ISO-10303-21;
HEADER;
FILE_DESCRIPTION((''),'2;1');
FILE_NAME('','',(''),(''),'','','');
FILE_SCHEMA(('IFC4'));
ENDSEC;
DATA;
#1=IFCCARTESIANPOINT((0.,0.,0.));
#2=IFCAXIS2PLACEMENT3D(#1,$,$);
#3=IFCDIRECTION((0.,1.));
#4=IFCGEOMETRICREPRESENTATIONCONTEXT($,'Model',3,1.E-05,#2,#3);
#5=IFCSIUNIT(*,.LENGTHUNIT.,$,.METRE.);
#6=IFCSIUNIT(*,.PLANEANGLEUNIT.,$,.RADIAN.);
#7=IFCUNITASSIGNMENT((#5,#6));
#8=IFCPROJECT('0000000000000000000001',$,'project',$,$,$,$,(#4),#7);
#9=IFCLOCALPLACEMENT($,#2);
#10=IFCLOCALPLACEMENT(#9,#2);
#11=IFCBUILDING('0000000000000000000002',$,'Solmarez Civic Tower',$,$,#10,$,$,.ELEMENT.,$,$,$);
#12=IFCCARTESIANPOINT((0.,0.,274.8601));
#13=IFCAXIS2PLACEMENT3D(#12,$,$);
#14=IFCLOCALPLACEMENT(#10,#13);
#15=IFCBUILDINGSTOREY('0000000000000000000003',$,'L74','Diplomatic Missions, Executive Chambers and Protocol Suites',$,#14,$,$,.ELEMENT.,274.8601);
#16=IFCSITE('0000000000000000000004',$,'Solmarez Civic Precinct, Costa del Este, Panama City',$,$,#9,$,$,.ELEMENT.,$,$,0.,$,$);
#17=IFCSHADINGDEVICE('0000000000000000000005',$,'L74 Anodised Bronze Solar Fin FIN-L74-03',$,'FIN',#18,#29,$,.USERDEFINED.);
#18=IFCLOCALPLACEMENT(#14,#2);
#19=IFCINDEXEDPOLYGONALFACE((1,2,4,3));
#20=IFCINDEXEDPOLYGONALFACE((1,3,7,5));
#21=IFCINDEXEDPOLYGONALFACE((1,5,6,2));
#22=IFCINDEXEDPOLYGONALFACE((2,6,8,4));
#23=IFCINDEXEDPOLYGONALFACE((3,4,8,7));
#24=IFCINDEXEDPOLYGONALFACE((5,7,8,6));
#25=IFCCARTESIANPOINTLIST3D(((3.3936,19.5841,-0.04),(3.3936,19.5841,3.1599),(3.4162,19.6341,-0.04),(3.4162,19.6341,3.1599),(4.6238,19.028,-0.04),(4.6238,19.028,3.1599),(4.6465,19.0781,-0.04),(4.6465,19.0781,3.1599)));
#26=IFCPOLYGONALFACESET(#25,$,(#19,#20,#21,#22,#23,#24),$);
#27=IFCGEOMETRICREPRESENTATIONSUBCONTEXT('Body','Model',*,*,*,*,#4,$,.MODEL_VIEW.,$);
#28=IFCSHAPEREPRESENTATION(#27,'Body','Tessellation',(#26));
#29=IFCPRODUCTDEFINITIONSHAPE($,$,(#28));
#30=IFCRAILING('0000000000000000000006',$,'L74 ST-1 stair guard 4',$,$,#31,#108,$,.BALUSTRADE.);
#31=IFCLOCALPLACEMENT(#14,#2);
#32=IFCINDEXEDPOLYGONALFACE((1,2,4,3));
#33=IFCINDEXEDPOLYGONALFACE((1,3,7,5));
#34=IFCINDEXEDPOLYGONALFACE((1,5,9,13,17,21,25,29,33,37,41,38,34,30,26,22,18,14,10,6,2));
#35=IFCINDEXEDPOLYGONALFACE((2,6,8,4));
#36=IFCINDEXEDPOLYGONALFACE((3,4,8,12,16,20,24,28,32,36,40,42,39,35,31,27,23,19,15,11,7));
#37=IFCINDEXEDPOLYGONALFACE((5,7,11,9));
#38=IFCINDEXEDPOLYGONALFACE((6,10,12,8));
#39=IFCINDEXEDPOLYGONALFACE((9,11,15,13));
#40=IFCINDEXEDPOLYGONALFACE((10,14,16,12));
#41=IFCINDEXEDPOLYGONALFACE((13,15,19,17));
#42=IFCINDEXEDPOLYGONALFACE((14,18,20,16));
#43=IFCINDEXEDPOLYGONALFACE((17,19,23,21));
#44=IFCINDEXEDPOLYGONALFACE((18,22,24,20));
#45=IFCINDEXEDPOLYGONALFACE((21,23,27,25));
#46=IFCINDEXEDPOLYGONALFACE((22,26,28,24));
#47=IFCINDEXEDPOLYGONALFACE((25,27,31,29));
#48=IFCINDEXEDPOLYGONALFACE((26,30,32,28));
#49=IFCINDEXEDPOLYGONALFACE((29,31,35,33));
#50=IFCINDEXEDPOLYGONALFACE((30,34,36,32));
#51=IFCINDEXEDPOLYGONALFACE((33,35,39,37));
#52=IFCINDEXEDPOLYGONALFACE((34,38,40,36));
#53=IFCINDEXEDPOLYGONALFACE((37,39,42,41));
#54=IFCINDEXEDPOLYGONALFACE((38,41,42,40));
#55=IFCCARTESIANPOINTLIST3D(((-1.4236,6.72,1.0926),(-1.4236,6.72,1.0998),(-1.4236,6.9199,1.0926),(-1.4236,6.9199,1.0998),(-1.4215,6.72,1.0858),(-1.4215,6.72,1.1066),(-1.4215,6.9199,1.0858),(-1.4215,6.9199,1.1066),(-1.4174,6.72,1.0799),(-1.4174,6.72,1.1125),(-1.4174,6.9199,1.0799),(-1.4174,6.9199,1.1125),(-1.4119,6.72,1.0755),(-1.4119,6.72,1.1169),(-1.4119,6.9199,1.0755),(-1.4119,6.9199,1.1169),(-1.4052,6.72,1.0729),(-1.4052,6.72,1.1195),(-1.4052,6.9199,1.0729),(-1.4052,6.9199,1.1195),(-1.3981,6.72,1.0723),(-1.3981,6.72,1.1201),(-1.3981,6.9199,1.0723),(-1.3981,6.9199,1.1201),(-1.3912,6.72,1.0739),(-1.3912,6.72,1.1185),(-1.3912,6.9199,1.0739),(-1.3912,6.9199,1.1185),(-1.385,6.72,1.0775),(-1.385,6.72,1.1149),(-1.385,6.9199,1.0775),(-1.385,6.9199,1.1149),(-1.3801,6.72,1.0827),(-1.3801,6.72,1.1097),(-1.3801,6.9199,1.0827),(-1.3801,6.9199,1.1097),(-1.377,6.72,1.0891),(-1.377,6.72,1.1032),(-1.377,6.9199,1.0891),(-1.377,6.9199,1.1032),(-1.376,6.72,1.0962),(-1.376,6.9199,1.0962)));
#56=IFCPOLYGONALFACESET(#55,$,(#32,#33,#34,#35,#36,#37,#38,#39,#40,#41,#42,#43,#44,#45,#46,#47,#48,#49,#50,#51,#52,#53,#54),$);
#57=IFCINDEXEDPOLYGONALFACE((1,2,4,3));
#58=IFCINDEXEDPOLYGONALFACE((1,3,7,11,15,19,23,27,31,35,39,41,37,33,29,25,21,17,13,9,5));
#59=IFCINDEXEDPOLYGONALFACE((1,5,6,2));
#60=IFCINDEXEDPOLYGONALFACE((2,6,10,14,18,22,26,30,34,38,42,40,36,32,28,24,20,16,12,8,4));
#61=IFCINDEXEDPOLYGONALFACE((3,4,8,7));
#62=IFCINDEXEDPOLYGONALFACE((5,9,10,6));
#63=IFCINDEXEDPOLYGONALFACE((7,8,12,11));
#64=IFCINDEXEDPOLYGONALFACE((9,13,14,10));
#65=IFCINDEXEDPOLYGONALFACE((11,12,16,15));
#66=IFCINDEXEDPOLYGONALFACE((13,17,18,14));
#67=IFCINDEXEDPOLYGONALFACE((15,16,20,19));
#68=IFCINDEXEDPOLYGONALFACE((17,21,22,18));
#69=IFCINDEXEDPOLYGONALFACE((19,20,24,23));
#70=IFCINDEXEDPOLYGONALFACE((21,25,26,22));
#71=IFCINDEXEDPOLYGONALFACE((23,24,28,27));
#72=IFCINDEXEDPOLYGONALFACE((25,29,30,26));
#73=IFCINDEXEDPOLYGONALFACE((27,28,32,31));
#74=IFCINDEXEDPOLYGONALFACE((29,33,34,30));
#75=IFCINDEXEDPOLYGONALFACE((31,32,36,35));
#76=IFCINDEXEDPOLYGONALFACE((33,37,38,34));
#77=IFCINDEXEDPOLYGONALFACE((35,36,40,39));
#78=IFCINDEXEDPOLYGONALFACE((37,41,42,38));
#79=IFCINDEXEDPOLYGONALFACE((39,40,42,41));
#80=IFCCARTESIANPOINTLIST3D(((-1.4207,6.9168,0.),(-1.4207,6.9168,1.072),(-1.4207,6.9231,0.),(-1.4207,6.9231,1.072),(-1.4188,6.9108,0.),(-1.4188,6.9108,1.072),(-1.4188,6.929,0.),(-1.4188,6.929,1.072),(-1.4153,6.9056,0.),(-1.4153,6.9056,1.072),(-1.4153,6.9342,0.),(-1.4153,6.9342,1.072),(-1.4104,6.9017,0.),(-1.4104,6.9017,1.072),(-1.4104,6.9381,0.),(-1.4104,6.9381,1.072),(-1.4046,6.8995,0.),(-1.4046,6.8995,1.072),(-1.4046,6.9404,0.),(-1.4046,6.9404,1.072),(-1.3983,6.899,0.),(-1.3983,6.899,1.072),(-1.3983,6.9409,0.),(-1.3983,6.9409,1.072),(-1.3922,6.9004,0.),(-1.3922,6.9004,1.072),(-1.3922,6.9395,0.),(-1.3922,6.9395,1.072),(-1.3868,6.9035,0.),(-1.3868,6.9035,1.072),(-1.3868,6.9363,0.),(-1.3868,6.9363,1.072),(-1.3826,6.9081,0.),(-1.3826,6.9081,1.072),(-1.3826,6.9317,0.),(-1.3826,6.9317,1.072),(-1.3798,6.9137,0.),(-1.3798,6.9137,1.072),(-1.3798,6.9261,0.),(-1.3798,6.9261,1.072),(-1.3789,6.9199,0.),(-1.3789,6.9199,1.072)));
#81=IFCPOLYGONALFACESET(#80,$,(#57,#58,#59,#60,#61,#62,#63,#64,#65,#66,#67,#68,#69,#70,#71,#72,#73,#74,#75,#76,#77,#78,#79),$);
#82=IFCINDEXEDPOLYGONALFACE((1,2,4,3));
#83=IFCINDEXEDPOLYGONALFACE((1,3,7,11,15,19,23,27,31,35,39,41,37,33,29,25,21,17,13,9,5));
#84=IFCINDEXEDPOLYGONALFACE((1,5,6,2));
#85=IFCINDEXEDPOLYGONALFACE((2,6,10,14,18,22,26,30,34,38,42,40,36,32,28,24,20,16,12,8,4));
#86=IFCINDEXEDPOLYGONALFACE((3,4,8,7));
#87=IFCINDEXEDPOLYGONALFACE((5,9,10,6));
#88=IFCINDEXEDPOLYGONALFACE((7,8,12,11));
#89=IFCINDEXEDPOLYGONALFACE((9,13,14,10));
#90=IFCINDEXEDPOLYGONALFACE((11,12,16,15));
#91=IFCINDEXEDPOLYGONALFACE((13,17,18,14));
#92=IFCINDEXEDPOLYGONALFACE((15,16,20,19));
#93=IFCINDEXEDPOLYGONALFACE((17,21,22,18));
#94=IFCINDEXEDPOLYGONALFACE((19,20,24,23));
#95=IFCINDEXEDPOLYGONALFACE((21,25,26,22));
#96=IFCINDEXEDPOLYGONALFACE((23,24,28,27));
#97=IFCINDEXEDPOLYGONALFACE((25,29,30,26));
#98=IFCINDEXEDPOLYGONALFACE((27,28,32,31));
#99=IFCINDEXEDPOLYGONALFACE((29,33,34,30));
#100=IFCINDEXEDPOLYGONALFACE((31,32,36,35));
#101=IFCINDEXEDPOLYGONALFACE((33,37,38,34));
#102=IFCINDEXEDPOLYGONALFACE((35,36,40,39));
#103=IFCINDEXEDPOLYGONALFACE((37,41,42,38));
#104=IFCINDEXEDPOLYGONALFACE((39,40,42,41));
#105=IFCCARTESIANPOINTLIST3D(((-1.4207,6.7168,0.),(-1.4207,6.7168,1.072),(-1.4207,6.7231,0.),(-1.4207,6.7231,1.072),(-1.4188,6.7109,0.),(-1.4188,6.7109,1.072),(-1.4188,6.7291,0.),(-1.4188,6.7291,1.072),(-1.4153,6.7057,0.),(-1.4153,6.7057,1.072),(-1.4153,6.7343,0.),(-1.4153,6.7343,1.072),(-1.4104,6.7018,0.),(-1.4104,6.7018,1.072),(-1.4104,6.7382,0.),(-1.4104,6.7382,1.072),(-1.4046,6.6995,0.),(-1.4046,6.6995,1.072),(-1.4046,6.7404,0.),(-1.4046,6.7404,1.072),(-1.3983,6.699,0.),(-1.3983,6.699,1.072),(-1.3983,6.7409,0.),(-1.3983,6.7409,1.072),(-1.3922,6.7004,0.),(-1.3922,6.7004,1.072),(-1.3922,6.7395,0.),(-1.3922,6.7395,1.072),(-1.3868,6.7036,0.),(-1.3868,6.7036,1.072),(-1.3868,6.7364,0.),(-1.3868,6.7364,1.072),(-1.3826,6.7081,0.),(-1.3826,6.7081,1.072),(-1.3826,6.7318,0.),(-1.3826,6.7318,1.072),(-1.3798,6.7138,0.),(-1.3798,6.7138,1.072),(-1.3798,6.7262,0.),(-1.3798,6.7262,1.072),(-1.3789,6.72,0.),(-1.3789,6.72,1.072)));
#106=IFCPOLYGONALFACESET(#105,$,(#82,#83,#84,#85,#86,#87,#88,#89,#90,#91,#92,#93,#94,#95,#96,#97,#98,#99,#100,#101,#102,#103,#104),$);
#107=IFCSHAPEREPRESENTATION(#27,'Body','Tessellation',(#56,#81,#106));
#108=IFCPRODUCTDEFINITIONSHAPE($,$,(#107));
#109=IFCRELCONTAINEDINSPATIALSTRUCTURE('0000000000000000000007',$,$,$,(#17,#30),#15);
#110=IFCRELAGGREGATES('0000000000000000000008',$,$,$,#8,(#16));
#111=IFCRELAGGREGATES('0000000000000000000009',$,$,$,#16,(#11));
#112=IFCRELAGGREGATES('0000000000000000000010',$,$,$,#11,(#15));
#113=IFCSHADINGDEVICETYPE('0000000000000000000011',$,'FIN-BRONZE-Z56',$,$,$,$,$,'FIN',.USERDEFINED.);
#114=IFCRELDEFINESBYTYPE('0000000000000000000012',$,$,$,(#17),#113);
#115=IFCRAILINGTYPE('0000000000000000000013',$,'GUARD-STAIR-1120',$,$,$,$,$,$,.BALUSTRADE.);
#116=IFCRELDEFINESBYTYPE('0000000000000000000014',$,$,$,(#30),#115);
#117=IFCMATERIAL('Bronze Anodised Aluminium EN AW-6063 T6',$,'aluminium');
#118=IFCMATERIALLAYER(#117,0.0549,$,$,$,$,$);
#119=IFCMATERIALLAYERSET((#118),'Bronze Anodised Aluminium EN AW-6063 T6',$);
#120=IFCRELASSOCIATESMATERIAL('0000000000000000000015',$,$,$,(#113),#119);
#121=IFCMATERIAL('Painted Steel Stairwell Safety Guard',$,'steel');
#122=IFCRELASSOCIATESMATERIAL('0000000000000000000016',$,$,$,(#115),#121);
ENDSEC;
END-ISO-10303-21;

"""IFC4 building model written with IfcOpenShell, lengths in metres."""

from ifc_helpers import new_model, si_unit, direction, frame, origin, origin_2d, place, context, subcontext, project, spatial, rectangle, circle, extrude, material, layer, layer_set, type_object, element, save


model = new_model("IFC4")

# Units and contexts
model_context = context("Model", 3, precision=1e-05, world=origin(), true_north=direction((0.0, 1.0)))
body_context = subcontext(model_context, "Body", "Model", "MODEL_VIEW")
ifc_project = project(units=[si_unit("LENGTHUNIT", "METRE"), si_unit("PLANEANGLEUNIT", "RADIAN")], contexts=[model_context])

# Site, building, storey
site_placement = place(None, origin())
site = spatial("IfcSite", under=ifc_project, at=site_placement, Name="Solmarez Civic Precinct, Costa del Este, Panama City", CompositionType="ELEMENT", RefElevation=0.0)
building_placement = place(site_placement, origin())
building = spatial("IfcBuilding", under=site, at=building_placement, Name="Solmarez Civic Tower", CompositionType="ELEMENT")
storey_placement = place(building_placement, frame((0.0, 0.0, 274.8601)))
storey = spatial("IfcBuildingStorey", under=building, at=storey_placement, Name="L74", Description="Diplomatic Missions, Executive Chambers and Protocol Suites", CompositionType="ELEMENT", Elevation=274.8601)

# Shared definitions
ifc_material_1 = material(Name="Bronze Anodised Aluminium EN AW-6063 T6", Category="aluminium")

# Shading device
ifc_layer_1 = layer(ifc_material_1, 0.0549)
ifc_layer_set_1 = layer_set([ifc_layer_1], Name="Bronze Anodised Aluminium EN AW-6063 T6")
shading_device_type = type_object("IfcShadingDeviceType", Name="FIN-BRONZE-Z56", ElementType="FIN", PredefinedType="USERDEFINED", material=ifc_layer_set_1)
shading_device_placement = place(storey_placement, frame((4.02, 19.3311, -0.04), z_axis=(0.0, 0.0, 1.0), x_axis=(-0.911245, 0.411864, 0.0)))
element("IfcShadingDevice", 1, at=shading_device_placement, inside=storey, type_object=shading_device_type, Name="L74 Anodised Bronze Solar Fin FIN-L74-03", ObjectType="FIN", PredefinedType="USERDEFINED", context=body_context, shape_type="SweptSolid", body=[
    extrude(rectangle(XDim=1.3501, YDim=0.0549, at=origin_2d()), origin(), (0.0, 0.0, 1.0), 3.2),
])

# Railing
ifc_material_2 = material(Name="Painted Steel Stairwell Safety Guard", Category="steel")
railing_type_1 = type_object("IfcRailingType", Name="GUARD-STAIR-1120", PredefinedType="BALUSTRADE", material=ifc_material_2)
railing_1_placement = place(storey_placement, frame((-1.3999, 6.9199, 0.0)))
element("IfcRailing", 2, at=railing_1_placement, inside=storey, type_object=railing_type_1, Name="L74 ST-1 stair guard 4", PredefinedType="BALUSTRADE", context=body_context, shape_type="SweptSolid", body=[
    extrude(circle(Radius=0.0239, at=origin_2d()), frame((0.0, 0.0, 1.0962), z_axis=(0.0, -1.0, 0.0), x_axis=(1.0, 0.0, 0.0)), (0.0, 0.0, 1.0), 0.2),
    extrude(circle(Radius=0.021, at=origin_2d()), origin(), (0.0, 0.0, 1.0), 1.072),
    extrude(circle(Radius=0.021, at=origin_2d()), frame((0.0, -0.2, 0.0)), (0.0, 0.0, 1.0), 1.072),
])

save(model, "model.ifc")
